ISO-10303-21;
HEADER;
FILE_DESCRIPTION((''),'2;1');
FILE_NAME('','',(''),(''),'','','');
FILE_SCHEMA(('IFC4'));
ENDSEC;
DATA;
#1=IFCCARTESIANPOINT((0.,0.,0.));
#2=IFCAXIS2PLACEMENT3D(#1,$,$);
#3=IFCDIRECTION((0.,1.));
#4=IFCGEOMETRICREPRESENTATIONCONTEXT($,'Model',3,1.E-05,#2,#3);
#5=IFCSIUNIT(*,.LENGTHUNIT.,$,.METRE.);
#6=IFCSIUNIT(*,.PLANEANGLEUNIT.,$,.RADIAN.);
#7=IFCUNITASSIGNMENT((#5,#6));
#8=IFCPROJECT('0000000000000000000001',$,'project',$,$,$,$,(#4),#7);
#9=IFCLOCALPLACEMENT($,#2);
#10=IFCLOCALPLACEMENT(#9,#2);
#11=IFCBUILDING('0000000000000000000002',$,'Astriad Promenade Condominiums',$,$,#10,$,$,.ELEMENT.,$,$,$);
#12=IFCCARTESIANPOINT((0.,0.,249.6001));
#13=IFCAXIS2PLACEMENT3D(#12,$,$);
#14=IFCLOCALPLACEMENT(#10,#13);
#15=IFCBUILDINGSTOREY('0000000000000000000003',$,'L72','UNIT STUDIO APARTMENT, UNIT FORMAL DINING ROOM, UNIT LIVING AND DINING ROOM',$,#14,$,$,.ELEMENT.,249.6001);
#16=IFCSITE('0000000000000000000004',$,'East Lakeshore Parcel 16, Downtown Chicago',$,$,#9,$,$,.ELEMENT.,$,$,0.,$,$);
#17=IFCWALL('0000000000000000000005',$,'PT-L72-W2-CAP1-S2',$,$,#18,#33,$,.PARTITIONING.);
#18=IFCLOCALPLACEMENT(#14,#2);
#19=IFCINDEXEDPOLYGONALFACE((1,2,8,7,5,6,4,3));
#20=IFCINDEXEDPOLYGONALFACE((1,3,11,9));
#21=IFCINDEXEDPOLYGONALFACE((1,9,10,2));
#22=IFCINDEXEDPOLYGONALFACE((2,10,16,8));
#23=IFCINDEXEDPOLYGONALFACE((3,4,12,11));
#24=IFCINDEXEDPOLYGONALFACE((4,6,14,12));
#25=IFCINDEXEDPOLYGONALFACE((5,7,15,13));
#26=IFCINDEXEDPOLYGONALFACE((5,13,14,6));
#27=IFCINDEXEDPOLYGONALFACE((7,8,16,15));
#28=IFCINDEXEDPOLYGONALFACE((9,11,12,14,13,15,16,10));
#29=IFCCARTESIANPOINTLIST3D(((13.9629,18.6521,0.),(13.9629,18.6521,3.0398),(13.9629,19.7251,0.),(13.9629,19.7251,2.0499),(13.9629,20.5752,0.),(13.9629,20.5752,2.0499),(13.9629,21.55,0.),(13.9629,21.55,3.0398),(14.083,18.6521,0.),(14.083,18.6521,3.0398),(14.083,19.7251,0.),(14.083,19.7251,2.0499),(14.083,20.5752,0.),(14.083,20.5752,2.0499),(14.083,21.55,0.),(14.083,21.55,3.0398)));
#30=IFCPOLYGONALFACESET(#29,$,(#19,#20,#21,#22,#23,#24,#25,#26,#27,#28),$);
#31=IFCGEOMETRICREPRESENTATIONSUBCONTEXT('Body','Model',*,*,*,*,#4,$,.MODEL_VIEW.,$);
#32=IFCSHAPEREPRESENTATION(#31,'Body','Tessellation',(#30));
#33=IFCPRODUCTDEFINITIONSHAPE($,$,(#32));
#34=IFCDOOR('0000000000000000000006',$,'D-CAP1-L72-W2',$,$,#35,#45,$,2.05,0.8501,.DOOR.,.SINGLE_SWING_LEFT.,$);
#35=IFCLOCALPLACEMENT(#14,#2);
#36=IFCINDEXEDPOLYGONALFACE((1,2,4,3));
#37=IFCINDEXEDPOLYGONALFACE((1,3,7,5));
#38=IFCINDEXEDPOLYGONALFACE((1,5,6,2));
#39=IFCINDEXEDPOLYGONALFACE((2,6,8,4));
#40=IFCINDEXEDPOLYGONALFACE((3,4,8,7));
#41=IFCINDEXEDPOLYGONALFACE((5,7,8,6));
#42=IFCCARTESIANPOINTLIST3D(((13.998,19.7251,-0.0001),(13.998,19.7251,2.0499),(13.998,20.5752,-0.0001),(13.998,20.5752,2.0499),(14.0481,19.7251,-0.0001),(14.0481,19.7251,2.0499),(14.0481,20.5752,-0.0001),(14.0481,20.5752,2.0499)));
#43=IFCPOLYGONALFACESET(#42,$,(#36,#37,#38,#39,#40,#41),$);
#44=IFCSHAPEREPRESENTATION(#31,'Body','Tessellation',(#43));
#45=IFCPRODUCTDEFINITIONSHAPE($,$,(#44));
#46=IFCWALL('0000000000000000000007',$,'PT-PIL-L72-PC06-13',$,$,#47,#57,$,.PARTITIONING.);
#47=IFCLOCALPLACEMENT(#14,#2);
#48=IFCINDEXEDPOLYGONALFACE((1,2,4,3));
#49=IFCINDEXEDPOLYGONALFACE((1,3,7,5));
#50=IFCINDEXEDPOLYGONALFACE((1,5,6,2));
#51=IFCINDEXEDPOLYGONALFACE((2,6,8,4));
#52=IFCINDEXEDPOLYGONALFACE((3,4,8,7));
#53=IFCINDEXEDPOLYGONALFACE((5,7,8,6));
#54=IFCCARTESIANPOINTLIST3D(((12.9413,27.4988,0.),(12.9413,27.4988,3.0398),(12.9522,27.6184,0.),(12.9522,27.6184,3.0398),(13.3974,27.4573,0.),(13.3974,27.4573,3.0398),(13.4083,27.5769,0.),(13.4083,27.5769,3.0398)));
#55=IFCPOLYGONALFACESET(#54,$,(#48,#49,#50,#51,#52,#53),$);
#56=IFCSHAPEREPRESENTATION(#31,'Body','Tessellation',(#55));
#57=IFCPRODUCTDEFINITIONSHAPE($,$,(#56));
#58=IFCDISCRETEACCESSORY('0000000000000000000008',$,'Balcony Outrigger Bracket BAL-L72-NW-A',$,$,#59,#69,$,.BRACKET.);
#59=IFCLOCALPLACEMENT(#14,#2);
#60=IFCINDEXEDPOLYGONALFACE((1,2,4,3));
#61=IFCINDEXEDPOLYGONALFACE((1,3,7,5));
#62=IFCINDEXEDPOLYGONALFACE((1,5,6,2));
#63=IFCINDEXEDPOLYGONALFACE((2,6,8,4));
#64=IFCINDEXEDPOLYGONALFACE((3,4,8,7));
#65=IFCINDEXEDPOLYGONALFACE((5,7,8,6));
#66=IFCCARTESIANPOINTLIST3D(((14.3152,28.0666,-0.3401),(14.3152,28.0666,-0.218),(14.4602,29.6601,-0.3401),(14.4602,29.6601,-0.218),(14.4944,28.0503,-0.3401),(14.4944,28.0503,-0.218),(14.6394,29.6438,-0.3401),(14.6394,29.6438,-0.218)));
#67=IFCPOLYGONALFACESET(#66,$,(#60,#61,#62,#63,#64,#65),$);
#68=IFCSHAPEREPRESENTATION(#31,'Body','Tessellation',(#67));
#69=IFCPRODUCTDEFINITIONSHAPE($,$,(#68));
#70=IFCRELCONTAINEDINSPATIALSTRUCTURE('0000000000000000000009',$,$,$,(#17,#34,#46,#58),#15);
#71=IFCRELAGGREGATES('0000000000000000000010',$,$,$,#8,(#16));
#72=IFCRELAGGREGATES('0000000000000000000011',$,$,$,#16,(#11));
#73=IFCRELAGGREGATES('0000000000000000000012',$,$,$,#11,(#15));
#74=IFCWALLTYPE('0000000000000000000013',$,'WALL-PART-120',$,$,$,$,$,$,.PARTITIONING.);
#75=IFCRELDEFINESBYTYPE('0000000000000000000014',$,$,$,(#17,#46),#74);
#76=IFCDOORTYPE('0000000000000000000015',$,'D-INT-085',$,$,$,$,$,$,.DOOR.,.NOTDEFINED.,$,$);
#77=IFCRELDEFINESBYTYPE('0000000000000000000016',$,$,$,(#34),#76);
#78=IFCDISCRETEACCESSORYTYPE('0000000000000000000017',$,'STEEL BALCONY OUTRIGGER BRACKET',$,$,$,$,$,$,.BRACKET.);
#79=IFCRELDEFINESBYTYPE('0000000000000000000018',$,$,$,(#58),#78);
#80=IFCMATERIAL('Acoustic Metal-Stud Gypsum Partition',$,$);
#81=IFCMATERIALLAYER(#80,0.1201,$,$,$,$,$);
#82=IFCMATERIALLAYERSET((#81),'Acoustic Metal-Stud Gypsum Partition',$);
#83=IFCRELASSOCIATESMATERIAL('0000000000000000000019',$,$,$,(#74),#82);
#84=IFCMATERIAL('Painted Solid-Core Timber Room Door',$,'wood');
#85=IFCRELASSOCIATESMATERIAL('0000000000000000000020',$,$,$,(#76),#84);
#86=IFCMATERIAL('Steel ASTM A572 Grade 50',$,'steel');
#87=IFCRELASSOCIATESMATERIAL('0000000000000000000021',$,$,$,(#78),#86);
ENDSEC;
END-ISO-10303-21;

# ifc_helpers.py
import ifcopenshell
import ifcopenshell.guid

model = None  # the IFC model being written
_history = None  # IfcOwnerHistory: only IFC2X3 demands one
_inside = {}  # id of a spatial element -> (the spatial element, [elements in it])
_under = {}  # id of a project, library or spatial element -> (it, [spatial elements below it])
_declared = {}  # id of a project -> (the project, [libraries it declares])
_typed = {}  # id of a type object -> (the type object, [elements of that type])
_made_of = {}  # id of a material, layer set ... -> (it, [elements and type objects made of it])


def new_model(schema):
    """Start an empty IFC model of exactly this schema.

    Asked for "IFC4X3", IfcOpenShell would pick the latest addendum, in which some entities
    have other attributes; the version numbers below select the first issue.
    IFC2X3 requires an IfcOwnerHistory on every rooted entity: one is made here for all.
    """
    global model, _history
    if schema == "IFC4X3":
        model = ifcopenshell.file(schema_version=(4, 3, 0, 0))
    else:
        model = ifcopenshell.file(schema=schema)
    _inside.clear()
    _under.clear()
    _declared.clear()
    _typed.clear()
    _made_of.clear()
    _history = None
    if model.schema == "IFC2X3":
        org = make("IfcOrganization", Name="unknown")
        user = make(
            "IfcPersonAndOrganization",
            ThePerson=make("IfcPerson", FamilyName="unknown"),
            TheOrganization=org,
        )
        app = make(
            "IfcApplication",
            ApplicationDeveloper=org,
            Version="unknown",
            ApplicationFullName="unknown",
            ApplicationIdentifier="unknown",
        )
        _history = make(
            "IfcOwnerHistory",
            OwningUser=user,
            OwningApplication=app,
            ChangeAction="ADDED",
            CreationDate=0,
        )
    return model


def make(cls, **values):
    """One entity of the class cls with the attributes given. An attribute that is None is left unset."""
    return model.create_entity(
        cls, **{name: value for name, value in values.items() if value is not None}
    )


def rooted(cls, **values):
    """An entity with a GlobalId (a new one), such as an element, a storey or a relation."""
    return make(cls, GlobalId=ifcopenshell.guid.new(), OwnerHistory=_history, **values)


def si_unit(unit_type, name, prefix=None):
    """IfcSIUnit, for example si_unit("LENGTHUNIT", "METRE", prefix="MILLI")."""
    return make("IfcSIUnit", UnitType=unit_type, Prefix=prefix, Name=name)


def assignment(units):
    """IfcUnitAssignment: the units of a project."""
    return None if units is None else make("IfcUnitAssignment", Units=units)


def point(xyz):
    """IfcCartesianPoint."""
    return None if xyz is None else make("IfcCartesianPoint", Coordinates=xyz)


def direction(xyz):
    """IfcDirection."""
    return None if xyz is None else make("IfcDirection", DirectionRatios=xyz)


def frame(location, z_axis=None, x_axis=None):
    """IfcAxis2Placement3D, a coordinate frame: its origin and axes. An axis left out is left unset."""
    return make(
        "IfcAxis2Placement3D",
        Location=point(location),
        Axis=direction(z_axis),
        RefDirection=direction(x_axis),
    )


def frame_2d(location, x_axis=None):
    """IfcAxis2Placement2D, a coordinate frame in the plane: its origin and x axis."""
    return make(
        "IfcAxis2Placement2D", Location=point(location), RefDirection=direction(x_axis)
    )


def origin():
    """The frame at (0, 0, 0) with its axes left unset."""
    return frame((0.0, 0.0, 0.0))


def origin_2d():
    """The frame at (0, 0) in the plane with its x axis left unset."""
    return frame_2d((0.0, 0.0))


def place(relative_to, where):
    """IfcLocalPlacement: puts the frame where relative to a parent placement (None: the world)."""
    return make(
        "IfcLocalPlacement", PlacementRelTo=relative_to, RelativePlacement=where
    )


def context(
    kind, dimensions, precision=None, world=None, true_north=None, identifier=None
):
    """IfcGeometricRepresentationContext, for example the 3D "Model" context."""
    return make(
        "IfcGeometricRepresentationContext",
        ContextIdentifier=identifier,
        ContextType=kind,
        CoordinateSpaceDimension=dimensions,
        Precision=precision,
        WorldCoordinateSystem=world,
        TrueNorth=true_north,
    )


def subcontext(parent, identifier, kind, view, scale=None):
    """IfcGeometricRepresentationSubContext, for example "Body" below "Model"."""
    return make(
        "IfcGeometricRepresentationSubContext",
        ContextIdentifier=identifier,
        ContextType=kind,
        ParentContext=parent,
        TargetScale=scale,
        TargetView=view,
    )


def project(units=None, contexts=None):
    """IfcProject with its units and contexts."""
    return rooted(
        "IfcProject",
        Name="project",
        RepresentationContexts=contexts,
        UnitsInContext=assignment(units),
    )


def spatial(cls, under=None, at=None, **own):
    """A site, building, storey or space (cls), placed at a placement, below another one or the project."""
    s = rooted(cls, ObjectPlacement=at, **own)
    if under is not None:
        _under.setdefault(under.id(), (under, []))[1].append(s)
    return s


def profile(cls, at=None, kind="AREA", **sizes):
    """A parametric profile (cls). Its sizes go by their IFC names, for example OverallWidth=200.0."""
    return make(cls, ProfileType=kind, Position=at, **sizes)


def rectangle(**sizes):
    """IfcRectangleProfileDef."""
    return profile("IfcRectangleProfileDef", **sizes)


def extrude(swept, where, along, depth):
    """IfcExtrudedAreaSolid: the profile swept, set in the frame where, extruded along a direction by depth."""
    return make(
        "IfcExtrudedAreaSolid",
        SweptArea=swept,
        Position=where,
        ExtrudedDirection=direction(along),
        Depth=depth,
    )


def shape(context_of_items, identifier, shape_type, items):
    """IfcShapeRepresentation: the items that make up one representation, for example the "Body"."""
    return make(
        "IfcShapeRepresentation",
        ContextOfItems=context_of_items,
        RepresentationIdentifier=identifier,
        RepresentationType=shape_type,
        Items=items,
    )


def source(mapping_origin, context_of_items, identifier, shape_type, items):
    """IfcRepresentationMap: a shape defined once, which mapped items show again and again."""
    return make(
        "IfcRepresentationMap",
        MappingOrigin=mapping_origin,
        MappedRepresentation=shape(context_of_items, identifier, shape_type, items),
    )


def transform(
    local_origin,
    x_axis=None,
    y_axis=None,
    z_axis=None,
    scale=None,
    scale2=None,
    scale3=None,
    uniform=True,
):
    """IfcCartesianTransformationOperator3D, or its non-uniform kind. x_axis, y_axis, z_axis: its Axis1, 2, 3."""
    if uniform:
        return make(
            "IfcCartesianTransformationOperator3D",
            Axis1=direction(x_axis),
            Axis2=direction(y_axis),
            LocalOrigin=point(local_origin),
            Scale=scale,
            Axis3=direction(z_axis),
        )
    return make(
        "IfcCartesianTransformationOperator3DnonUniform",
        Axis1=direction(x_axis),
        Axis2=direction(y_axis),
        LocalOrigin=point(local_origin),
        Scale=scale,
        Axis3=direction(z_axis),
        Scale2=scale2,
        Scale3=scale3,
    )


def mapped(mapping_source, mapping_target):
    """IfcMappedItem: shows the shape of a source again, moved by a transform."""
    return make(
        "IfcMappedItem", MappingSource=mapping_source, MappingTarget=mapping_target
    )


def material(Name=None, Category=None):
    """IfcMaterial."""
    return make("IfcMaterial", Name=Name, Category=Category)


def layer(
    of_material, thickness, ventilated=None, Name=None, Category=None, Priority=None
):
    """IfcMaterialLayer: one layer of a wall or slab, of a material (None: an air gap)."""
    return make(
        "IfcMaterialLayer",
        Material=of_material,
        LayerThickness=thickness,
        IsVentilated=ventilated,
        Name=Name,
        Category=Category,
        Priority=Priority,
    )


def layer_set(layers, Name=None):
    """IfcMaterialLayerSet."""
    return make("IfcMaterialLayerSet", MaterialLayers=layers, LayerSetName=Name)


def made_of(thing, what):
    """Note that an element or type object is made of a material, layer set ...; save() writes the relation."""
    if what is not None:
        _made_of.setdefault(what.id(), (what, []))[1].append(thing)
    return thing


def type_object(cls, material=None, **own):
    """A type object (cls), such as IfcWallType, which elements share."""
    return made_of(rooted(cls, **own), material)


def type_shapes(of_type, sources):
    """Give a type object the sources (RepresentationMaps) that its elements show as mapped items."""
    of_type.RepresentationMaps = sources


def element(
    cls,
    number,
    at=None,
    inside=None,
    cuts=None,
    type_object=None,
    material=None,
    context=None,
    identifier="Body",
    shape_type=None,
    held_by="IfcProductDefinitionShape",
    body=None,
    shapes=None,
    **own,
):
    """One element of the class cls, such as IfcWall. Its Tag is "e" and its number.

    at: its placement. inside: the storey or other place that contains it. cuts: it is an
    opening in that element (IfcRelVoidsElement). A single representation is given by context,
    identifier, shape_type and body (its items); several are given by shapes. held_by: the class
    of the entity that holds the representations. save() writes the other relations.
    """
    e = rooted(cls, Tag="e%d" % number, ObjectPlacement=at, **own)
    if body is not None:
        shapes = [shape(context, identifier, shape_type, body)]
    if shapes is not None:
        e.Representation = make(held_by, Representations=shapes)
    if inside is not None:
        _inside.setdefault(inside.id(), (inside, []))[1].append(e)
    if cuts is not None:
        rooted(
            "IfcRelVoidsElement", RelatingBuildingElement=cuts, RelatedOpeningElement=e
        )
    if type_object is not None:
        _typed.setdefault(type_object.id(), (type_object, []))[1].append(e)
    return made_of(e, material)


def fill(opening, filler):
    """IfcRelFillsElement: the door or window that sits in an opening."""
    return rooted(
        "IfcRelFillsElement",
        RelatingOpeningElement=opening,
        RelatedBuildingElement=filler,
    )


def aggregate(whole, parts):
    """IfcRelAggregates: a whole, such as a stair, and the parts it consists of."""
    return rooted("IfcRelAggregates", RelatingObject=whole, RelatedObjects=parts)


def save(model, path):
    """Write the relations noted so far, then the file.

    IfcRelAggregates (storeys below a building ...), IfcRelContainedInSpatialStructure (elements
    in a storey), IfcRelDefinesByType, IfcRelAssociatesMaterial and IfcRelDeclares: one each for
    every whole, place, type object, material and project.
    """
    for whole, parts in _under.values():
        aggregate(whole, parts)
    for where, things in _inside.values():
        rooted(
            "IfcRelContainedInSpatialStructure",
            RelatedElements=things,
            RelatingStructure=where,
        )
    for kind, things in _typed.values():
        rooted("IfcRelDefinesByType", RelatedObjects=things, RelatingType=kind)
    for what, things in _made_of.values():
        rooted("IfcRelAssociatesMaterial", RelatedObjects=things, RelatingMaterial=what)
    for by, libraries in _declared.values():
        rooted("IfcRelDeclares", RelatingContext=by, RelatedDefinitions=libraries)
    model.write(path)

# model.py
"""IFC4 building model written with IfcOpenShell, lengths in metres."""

from ifc_helpers import new_model, si_unit, direction, frame, frame_2d, origin, origin_2d, place, context, subcontext, project, spatial, rectangle, extrude, source, transform, mapped, material, layer, layer_set, type_object, type_shapes, element, fill, save


model = new_model("IFC4")

# Units and contexts
model_context = context("Model", 3, precision=1e-05, world=origin(), true_north=direction((0.0, 1.0)))
body_context = subcontext(model_context, "Body", "Model", "MODEL_VIEW")
ifc_project = project(units=[si_unit("LENGTHUNIT", "METRE"), si_unit("PLANEANGLEUNIT", "RADIAN")], contexts=[model_context])

# Site, building, storey
site_placement = place(None, origin())
site = spatial("IfcSite", under=ifc_project, at=site_placement, Name="East Lakeshore Parcel 16, Downtown Chicago", CompositionType="ELEMENT", RefElevation=0.0)
building_placement = place(site_placement, origin())
building = spatial("IfcBuilding", under=site, at=building_placement, Name="Astriad Promenade Condominiums", CompositionType="ELEMENT")
storey_placement = place(building_placement, frame((0.0, 0.0, 249.6001)))
storey = spatial("IfcBuildingStorey", under=building, at=storey_placement, Name="L72", Description="UNIT STUDIO APARTMENT, UNIT FORMAL DINING ROOM, UNIT LIVING AND DINING ROOM", CompositionType="ELEMENT", Elevation=249.6001)

# Shared definitions
ifc_material_1 = material(Name="Acoustic Metal-Stud Gypsum Partition")
ifc_layer_1 = layer(ifc_material_1, 0.1201)
ifc_layer_set_1 = layer_set([ifc_layer_1], Name="Acoustic Metal-Stud Gypsum Partition")
wall_type_1 = type_object("IfcWallType", Name="WALL-PART-120", PredefinedType="PARTITIONING", material=ifc_layer_set_1)
ifc_material_2 = material(Name="Painted Solid-Core Timber Room Door", Category="wood")
door_type_1 = type_object("IfcDoorType", Name="D-INT-085", OperationType="NOTDEFINED", PredefinedType="DOOR", material=ifc_material_2)
shared_shape_1 = source(origin(), body_context, "Body", "SweptSolid", [
    extrude(rectangle(XDim=0.8501, YDim=2.05, at=frame_2d((0.425, 1.0249))), frame((0.0, 0.0249, 0.0), z_axis=(0.0, -1.0, 0.0), x_axis=(1.0, 0.0, 0.0)), (0.0, 0.0, 1.0), 0.05),
])
type_shapes(door_type_1, [shared_shape_1])

# Wall, opening, door
wall_1_placement = place(storey_placement, frame((14.0229, 18.6521, 0.0), z_axis=(0.0, 0.0, 1.0), x_axis=(0.0, 1.0, 0.0)))
wall_1 = element("IfcWall", 1, at=wall_1_placement, inside=storey, type_object=wall_type_1, Name="PT-L72-W2-CAP1-S2", PredefinedType="PARTITIONING", context=body_context, shape_type="SweptSolid", body=[
    extrude(rectangle(XDim=2.8979, YDim=0.1201, at=frame_2d((1.449, 0.0))), origin(), (0.0, 0.0, 1.0), 3.0398),
])
opening_1_placement = place(wall_1_placement, frame((1.073, 0.0, 0.0)))
opening_1 = element("IfcOpeningElement", 2, at=opening_1_placement, cuts=wall_1, PredefinedType="OPENING", context=body_context, shape_type="SweptSolid", body=[
    extrude(rectangle(XDim=0.8501, YDim=2.05, at=frame_2d((0.425, 1.0249))), frame((0.0, 0.0701, 0.0), z_axis=(0.0, -1.0, 0.0), x_axis=(1.0, 0.0, 0.0)), (0.0, 0.0, 1.0), 0.1401),
])
door_1_placement = place(opening_1_placement, origin())
door_1 = element("IfcDoor", 3, at=door_1_placement, inside=storey, type_object=door_type_1, Name="D-CAP1-L72-W2", OperationType="SINGLE_SWING_LEFT", OverallHeight=2.05, OverallWidth=0.8501, PredefinedType="DOOR", context=body_context, shape_type="MappedRepresentation", body=[
    mapped(shared_shape_1, transform((0.0, 0.0, 0.0), scale=1.0)),
])
fill(opening_1, door_1)

# Wall
wall_2_placement = place(storey_placement, frame((13.4028, 27.5171, 0.0), z_axis=(0.0, 0.0, 1.0), x_axis=(-0.995884, 0.090632, 0.0)))
element("IfcWall", 4, at=wall_2_placement, inside=storey, type_object=wall_type_1, Name="PT-PIL-L72-PC06-13", PredefinedType="PARTITIONING", context=body_context, shape_type="SweptSolid", body=[
    extrude(rectangle(XDim=0.458, YDim=0.1201, at=frame_2d((0.229, 0.0))), origin(), (0.0, 0.0, 1.0), 3.0398),
])

# Discrete accessory
ifc_material_3 = material(Name="Steel ASTM A572 Grade 50", Category="steel")
discrete_accessory_type = type_object("IfcDiscreteAccessoryType", Name="STEEL BALCONY OUTRIGGER BRACKET", PredefinedType="BRACKET", material=ifc_material_3)
shared_shape_2 = source(origin(), body_context, "Body", "SweptSolid", [
    extrude(rectangle(XDim=1.6001, YDim=0.1799, at=origin_2d()), origin(), (0.0, 0.0, 1.0), 0.1221),
])
type_shapes(discrete_accessory_type, [shared_shape_2])
discrete_accessory_placement = place(storey_placement, frame((14.4773, 28.8552, -0.3401), z_axis=(0.0, 0.0, 1.0), x_axis=(0.090633, 0.995884, 0.0)))
element("IfcDiscreteAccessory", 5, at=discrete_accessory_placement, inside=storey, type_object=discrete_accessory_type, Name="Balcony Outrigger Bracket BAL-L72-NW-A", PredefinedType="BRACKET", context=body_context, shape_type="MappedRepresentation", body=[
    mapped(shared_shape_2, transform((0.0, 0.0, 0.0), scale=1.0)),
])

save(model, "model.ifc")
